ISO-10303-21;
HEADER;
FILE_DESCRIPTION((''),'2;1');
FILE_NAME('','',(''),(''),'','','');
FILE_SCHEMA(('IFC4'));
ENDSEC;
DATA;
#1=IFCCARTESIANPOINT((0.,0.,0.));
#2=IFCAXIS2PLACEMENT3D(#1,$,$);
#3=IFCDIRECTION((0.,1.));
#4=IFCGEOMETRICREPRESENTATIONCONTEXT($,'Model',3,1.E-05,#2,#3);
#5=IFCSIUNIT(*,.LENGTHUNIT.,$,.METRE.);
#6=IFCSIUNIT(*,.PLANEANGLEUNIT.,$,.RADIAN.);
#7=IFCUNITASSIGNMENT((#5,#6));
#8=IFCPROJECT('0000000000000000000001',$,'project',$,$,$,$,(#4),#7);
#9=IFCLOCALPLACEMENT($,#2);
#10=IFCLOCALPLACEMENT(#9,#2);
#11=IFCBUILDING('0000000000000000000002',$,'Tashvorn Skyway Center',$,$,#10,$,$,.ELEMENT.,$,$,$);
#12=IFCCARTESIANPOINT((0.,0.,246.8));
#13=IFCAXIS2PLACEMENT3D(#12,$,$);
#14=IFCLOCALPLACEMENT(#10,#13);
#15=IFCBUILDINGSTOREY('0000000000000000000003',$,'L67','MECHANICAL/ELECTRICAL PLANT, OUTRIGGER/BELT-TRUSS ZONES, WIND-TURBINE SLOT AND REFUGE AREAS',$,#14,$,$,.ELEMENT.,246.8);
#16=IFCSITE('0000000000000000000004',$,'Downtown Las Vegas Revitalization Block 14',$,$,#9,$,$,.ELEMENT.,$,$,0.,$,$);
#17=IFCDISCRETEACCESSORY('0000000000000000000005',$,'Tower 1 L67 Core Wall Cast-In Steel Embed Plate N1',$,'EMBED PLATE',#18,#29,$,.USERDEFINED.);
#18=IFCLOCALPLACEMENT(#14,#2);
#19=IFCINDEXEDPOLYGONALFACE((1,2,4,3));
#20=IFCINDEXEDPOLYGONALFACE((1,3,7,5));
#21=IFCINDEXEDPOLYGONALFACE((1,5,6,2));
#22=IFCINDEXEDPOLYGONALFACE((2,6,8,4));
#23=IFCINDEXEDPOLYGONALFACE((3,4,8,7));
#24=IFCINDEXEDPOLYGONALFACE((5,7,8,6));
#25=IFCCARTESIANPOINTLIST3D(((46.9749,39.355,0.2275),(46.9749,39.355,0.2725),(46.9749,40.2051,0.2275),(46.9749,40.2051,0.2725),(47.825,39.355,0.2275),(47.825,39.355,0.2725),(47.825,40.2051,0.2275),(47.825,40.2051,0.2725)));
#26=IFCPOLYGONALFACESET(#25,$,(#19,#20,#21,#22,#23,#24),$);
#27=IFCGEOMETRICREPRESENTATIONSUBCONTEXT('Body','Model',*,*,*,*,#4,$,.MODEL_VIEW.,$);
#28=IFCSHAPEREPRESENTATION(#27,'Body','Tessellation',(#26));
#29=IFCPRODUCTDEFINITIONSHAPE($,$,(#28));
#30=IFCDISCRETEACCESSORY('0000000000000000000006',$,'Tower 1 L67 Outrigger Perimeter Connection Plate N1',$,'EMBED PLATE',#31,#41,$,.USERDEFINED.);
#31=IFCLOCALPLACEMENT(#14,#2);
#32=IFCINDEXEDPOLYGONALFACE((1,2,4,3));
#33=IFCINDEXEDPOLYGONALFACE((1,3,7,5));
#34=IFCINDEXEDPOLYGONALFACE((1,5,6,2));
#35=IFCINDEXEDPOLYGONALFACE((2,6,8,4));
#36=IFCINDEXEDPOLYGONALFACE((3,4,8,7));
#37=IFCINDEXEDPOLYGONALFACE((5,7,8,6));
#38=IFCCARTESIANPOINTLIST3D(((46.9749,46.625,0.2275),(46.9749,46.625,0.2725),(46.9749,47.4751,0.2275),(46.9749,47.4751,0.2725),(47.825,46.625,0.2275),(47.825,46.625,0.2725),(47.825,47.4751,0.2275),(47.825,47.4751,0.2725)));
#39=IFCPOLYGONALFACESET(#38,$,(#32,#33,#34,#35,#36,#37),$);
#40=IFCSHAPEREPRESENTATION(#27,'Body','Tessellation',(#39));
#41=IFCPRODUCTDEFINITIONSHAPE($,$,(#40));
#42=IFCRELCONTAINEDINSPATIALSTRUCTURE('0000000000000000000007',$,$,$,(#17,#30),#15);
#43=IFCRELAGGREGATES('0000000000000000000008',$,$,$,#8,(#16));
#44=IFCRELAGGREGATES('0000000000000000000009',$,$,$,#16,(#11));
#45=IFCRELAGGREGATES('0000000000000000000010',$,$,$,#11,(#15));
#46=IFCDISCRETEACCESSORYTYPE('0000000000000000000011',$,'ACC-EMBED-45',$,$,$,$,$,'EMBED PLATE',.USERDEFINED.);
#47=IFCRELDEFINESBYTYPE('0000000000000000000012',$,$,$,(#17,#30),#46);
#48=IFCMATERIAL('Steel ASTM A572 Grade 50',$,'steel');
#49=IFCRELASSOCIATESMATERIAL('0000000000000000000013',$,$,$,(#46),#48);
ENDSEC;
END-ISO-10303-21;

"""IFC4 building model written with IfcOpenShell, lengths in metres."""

from ifc_helpers import new_model, si_unit, direction, frame, origin, origin_2d, place, context, subcontext, project, spatial, rectangle, extrude, material, type_object, element, save


model = new_model("IFC4")

# Units and contexts
model_context = context("Model", 3, precision=1e-05, world=origin(), true_north=direction((0.0, 1.0)))
body_context = subcontext(model_context, "Body", "Model", "MODEL_VIEW")
ifc_project = project(units=[si_unit("LENGTHUNIT", "METRE"), si_unit("PLANEANGLEUNIT", "RADIAN")], contexts=[model_context])

# Site, building, storey
site_placement = place(None, origin())
site = spatial("IfcSite", under=ifc_project, at=site_placement, Name="Downtown Las Vegas Revitalization Block 14", CompositionType="ELEMENT", RefElevation=0.0)
building_placement = place(site_placement, origin())
building = spatial("IfcBuilding", under=site, at=building_placement, Name="Tashvorn Skyway Center", CompositionType="ELEMENT")
storey_placement = place(building_placement, frame((0.0, 0.0, 246.8)))
storey = spatial("IfcBuildingStorey", under=building, at=storey_placement, Name="L67", Description="MECHANICAL/ELECTRICAL PLANT, OUTRIGGER/BELT-TRUSS ZONES, WIND-TURBINE SLOT AND REFUGE AREAS", CompositionType="ELEMENT", Elevation=246.8)

# Shared definitions
ifc_material_1 = material(Name="Steel ASTM A572 Grade 50", Category="steel")

# Discrete accessories
discrete_accessory_type = type_object("IfcDiscreteAccessoryType", Name="ACC-EMBED-45", ElementType="EMBED PLATE", PredefinedType="USERDEFINED", material=ifc_material_1)
for number, where, z_axis, x_axis, name in (
    (1, (47.3999, 39.78, 0.2275), (0.0, 0.0, 1.0), (1.0, 0.0, 0.0), "Tower 1 L67 Core Wall Cast-In Steel Embed Plate N1"),
    (2, (47.3999, 47.05, 0.2275), (0.0, 0.0, 1.0), (1.0, 0.0, 0.0), "Tower 1 L67 Outrigger Perimeter Connection Plate N1"),
):
    element("IfcDiscreteAccessory", number, at=place(storey_placement, frame(where, z_axis=z_axis, x_axis=x_axis)), inside=storey, type_object=discrete_accessory_type, Name=name, ObjectType="EMBED PLATE", PredefinedType="USERDEFINED", context=body_context, shape_type="SweptSolid", body=[
        extrude(rectangle(XDim=0.8501, YDim=0.8501, at=origin_2d()), origin(), (0.0, 0.0, 1.0), 0.0449),
    ])

save(model, "model.ifc")
